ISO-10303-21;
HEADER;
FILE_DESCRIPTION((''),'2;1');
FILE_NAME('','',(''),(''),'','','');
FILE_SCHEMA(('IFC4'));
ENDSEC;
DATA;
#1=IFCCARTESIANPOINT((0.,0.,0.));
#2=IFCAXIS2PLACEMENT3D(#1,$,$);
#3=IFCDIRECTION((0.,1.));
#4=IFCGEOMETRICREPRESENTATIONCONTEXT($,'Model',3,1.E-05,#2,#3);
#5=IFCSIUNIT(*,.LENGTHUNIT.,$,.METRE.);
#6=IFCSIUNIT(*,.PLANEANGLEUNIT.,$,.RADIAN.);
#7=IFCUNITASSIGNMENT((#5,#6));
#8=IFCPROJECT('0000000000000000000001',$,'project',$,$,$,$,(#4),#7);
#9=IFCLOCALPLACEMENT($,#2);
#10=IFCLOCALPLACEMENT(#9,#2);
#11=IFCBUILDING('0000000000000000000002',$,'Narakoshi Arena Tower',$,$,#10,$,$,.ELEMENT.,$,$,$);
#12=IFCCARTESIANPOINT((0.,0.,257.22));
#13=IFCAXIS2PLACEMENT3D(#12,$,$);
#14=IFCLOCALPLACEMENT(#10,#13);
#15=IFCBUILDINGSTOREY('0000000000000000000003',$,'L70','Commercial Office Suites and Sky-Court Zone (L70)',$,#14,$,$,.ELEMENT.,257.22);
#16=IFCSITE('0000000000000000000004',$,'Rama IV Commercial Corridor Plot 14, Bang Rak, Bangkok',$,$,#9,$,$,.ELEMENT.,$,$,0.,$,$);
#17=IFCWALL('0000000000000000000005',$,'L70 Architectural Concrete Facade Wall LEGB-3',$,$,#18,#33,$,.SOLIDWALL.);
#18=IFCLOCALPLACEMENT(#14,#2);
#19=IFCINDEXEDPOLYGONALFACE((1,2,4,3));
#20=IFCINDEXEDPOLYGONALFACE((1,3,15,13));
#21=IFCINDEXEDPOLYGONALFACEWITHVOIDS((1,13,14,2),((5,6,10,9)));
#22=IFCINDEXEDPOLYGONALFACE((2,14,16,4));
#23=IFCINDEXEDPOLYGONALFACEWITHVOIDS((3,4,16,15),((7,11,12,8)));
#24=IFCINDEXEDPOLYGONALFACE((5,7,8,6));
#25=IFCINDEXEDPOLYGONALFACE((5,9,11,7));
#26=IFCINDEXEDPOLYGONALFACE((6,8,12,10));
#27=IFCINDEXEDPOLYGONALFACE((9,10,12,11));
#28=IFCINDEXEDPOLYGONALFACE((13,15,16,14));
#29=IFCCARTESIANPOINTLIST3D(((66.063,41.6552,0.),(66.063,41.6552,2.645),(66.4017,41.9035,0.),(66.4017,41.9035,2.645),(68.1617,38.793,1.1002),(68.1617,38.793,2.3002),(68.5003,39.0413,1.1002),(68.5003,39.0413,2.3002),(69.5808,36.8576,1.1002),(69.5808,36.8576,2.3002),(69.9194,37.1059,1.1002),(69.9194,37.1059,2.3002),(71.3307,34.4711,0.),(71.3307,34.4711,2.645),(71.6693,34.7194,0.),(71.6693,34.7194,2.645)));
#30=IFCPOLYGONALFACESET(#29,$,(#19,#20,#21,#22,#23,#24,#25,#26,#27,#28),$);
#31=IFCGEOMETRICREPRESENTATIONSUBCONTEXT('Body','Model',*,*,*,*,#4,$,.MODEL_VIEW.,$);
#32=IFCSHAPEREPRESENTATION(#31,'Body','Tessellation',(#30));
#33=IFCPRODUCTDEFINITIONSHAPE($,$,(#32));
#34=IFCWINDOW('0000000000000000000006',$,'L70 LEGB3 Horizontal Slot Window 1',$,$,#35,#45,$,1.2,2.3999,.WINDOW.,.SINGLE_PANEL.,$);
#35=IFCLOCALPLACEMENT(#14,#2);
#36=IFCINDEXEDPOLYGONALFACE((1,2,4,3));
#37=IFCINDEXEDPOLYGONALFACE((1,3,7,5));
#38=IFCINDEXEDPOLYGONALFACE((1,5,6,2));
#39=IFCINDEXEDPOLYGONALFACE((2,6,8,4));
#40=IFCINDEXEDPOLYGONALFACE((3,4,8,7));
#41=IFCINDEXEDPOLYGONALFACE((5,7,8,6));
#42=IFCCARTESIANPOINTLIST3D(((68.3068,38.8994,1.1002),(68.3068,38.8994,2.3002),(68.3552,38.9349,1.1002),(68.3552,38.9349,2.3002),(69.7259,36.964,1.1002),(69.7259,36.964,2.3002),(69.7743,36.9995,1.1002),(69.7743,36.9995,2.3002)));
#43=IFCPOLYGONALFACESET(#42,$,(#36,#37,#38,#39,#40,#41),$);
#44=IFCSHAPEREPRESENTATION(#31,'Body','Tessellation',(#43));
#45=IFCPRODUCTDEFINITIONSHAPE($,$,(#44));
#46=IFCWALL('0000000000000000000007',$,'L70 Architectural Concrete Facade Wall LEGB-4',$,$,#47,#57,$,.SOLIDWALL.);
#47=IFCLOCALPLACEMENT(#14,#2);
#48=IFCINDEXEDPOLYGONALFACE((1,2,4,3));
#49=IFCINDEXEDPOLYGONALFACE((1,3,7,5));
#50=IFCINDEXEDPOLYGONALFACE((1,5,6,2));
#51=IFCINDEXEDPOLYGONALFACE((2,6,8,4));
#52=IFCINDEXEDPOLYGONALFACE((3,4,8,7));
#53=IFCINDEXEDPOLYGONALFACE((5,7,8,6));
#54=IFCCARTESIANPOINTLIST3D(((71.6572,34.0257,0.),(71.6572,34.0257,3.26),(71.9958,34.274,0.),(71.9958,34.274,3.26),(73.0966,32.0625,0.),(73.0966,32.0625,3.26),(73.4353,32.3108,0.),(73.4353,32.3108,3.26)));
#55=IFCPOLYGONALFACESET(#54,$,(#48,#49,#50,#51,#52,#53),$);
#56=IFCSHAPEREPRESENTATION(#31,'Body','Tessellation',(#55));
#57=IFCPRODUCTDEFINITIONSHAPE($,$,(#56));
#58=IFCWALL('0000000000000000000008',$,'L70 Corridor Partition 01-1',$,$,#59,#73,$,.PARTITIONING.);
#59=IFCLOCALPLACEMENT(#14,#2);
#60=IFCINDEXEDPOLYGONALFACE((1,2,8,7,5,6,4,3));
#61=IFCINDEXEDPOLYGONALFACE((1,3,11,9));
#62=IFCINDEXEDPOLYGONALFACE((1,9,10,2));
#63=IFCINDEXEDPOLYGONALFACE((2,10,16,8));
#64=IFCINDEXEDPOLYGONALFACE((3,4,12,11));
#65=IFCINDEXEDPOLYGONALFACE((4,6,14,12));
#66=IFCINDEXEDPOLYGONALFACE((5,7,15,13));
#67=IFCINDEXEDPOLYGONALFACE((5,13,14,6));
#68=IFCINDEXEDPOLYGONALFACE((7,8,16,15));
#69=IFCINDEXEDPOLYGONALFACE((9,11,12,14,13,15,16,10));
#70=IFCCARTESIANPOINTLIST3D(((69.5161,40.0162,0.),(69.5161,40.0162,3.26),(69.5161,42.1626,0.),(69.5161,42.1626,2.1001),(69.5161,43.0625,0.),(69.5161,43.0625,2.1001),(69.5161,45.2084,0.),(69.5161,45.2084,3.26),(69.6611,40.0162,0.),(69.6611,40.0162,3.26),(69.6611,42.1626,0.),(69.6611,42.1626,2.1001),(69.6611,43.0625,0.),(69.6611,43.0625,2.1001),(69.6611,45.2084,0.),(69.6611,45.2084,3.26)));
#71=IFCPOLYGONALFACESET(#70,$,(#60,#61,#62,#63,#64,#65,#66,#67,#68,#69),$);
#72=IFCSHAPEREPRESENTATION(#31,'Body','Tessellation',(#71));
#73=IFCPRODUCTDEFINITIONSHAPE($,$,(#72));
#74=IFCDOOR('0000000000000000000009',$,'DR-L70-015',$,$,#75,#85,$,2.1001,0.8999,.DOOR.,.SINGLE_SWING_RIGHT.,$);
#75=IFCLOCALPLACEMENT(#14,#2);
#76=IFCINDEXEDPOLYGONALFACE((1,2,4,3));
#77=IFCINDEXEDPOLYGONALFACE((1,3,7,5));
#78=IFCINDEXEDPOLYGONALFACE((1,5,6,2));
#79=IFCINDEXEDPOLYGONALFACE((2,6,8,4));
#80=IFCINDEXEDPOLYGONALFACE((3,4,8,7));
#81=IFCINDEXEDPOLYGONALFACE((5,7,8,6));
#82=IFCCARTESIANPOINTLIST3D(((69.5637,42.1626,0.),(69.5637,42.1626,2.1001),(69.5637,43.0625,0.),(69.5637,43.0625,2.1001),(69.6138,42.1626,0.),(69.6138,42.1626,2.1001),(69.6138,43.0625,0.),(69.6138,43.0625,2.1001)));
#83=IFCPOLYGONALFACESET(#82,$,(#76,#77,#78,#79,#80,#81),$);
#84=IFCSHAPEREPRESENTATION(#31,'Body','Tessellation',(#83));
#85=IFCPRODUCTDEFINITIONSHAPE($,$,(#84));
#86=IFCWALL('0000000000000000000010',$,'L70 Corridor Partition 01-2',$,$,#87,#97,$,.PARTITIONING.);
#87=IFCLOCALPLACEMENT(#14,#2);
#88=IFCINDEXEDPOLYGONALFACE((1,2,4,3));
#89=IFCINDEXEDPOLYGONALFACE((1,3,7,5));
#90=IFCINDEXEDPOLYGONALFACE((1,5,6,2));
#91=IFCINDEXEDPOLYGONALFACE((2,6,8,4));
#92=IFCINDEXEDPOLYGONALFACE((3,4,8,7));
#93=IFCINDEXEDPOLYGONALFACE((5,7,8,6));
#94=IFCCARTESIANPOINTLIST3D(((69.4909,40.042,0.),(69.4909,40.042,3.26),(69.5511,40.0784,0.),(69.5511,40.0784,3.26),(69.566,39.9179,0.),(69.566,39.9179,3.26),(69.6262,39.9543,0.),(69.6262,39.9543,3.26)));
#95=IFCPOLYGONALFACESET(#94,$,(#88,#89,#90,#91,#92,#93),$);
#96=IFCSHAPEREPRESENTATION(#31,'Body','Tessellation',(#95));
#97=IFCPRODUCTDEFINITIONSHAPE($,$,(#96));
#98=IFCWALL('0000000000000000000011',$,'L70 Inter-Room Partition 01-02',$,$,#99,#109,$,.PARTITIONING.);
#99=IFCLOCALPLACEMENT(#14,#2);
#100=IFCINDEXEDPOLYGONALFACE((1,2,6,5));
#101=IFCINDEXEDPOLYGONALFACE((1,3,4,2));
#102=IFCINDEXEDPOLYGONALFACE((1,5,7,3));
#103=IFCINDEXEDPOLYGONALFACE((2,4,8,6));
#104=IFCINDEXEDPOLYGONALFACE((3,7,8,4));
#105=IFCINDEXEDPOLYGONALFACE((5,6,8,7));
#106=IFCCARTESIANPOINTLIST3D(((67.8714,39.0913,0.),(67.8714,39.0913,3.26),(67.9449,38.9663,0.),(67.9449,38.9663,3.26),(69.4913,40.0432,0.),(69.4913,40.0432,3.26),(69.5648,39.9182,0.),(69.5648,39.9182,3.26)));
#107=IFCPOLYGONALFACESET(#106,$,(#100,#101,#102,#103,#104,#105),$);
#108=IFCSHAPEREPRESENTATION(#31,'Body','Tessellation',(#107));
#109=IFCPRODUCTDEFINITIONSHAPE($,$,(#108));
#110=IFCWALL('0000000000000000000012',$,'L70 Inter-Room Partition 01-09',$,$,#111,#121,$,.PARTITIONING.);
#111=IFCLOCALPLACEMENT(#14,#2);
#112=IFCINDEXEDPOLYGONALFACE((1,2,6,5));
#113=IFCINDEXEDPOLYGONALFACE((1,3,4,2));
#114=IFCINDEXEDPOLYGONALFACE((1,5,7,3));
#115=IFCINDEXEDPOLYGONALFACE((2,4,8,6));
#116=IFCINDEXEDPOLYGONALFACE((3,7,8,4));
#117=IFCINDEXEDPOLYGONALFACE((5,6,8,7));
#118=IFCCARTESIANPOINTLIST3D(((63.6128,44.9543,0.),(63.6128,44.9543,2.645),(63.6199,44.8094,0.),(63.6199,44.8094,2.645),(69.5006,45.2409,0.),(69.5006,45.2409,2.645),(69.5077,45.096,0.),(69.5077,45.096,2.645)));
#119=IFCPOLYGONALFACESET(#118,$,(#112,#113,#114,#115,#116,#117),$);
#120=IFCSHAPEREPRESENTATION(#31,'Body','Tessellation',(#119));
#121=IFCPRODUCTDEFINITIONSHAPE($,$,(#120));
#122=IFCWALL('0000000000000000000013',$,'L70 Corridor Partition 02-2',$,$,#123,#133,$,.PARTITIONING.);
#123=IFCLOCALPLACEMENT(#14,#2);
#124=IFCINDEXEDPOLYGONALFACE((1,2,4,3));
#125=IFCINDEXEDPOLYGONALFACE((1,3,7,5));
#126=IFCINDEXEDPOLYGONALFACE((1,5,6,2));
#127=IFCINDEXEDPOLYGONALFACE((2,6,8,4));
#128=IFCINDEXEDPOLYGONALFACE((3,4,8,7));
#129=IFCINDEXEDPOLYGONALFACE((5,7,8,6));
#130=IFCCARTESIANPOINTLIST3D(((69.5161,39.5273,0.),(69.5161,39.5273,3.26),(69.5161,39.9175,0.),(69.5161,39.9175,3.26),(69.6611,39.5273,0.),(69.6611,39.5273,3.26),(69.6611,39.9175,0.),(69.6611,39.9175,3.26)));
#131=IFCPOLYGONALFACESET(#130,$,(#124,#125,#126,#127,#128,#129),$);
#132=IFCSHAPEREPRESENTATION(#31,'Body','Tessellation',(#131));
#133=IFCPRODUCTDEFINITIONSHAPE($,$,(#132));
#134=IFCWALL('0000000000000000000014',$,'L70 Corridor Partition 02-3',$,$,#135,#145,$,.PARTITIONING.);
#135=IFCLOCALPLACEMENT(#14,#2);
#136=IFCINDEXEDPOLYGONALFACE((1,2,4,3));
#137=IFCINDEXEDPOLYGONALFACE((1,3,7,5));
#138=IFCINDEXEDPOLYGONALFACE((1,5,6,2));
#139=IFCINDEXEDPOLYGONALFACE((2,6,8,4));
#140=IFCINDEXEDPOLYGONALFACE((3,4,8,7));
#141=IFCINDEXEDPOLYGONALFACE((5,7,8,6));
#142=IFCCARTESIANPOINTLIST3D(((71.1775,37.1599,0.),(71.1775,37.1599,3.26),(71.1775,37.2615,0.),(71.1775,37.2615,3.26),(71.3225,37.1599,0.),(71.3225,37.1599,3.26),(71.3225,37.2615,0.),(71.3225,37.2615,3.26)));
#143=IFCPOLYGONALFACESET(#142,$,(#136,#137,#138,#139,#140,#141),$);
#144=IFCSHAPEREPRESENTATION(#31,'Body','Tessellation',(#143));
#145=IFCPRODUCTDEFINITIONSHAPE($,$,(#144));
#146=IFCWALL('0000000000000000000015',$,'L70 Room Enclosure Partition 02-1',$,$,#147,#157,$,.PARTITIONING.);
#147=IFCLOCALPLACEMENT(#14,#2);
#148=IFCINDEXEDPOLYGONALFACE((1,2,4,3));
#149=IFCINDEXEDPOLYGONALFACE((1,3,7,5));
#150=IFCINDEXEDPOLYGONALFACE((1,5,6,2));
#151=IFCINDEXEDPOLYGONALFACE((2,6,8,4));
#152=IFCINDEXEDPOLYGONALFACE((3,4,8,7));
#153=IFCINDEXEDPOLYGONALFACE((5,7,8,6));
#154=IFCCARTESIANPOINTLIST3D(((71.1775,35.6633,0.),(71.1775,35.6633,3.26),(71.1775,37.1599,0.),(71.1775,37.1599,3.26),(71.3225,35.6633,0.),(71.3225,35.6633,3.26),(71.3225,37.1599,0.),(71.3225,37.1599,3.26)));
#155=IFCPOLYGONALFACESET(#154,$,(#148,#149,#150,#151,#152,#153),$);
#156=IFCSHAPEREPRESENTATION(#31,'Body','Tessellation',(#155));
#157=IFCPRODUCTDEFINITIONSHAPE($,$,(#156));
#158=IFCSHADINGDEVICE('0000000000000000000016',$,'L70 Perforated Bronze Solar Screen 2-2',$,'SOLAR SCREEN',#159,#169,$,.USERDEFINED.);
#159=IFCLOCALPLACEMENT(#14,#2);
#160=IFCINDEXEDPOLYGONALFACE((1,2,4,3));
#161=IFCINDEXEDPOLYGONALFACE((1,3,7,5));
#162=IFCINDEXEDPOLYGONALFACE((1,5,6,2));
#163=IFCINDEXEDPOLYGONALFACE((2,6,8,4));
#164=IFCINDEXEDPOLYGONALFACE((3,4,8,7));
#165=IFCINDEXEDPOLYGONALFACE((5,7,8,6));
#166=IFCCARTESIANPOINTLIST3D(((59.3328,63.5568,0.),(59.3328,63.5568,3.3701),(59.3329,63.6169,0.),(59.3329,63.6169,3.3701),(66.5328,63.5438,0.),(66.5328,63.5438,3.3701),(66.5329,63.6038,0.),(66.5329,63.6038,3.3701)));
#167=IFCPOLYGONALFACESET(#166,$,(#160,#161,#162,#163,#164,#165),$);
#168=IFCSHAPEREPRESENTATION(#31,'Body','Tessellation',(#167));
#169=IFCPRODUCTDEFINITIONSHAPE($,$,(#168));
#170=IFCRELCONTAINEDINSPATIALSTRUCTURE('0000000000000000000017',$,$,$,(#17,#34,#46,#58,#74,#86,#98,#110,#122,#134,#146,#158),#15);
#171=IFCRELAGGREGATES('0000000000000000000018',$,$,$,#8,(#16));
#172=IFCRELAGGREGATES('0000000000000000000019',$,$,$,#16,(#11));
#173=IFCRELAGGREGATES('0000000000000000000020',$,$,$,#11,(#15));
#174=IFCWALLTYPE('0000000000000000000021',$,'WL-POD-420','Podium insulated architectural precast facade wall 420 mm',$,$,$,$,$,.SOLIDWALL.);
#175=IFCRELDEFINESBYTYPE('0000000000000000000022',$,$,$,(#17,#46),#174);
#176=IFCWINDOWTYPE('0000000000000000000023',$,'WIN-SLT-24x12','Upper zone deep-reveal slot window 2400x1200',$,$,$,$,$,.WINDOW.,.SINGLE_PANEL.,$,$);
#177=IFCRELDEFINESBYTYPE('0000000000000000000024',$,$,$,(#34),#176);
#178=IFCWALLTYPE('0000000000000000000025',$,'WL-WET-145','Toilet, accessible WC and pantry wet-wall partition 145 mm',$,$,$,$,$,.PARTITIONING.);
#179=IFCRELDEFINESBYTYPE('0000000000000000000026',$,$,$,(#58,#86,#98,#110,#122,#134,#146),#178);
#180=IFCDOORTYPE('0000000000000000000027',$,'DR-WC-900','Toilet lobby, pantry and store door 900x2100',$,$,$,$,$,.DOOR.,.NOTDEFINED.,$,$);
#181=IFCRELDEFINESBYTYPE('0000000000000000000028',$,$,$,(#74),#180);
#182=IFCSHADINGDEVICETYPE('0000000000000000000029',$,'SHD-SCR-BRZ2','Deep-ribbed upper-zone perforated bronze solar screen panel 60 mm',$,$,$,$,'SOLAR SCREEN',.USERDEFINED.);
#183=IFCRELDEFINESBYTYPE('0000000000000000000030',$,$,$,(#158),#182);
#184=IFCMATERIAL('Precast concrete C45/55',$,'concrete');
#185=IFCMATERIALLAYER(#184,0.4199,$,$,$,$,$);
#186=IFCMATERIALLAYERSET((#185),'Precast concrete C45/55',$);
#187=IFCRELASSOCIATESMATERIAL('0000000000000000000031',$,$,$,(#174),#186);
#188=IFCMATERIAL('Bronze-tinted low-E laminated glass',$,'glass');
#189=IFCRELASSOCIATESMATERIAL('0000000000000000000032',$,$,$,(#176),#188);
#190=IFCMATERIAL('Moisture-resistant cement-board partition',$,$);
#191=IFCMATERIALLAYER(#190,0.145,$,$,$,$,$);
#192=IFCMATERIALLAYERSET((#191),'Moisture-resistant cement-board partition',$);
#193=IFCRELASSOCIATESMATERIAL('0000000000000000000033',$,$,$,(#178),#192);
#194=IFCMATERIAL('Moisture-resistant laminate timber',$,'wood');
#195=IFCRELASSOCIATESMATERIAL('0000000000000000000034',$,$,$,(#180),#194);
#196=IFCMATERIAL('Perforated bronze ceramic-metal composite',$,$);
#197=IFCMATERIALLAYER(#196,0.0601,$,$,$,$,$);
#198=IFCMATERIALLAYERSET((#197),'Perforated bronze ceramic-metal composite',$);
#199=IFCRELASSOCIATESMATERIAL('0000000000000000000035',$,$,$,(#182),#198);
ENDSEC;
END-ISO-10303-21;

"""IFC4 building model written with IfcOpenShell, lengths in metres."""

from ifc_helpers import new_model, si_unit, direction, frame, frame_2d, origin, origin_2d, place, context, subcontext, project, spatial, rectangle, extrude, material, layer, layer_set, type_object, element, fill, save


model = new_model("IFC4")

# Units and contexts
model_context = context("Model", 3, precision=1e-05, world=origin(), true_north=direction((0.0, 1.0)))
body_context = subcontext(model_context, "Body", "Model", "MODEL_VIEW")
ifc_project = project(units=[si_unit("LENGTHUNIT", "METRE"), si_unit("PLANEANGLEUNIT", "RADIAN")], contexts=[model_context])

# Site, building, storey
site_placement = place(None, origin())
site = spatial("IfcSite", under=ifc_project, at=site_placement, Name="Rama IV Commercial Corridor Plot 14, Bang Rak, Bangkok", CompositionType="ELEMENT", RefElevation=0.0)
building_placement = place(site_placement, origin())
building = spatial("IfcBuilding", under=site, at=building_placement, Name="Narakoshi Arena Tower", CompositionType="ELEMENT")
storey_placement = place(building_placement, frame((0.0, 0.0, 257.22)))
storey = spatial("IfcBuildingStorey", under=building, at=storey_placement, Name="L70", Description="Commercial Office Suites and Sky-Court Zone (L70)", CompositionType="ELEMENT", Elevation=257.22)

# Shared definitions
ifc_material_1 = material(Name="Bronze-tinted low-E laminated glass", Category="glass")

# Wall, opening, window
ifc_material_2 = material(Name="Precast concrete C45/55", Category="concrete")
ifc_layer_1 = layer(ifc_material_2, 0.4199)
ifc_layer_set_1 = layer_set([ifc_layer_1], Name="Precast concrete C45/55")
wall_type_1 = type_object("IfcWallType", Name="WL-POD-420", Description="Podium insulated architectural precast facade wall 420 mm", PredefinedType="SOLIDWALL", material=ifc_layer_set_1)
wall_1_placement = place(storey_placement, frame((66.2324, 41.7793, 0.0), z_axis=(0.0, 0.0, 1.0), x_axis=(0.591309, -0.806445, 0.0)))
wall_1 = element("IfcWall", 1, at=wall_1_placement, inside=storey, type_object=wall_type_1, Name="L70 Architectural Concrete Facade Wall LEGB-3", PredefinedType="SOLIDWALL", context=body_context, shape_type="SweptSolid", body=[
    extrude(rectangle(XDim=8.9084, YDim=0.4199, at=frame_2d((4.4541, 0.0))), origin(), (0.0, 0.0, 1.0), 2.645),
])
opening_1_placement = place(wall_1_placement, frame((3.5491, 0.0, 1.1001)))
opening_1 = element("IfcOpeningElement", 2, at=opening_1_placement, cuts=wall_1, PredefinedType="OPENING", context=body_context, shape_type="SweptSolid", body=[
    extrude(rectangle(XDim=2.3999, YDim=1.2, at=frame_2d((1.2, 0.6001))), frame((0.0, 0.22, 0.0), z_axis=(0.0, -1.0, 0.0), x_axis=(1.0, 0.0, 0.0)), (0.0, 0.0, 1.0), 0.4399),
])
window_type = type_object("IfcWindowType", Name="WIN-SLT-24x12", Description="Upper zone deep-reveal slot window 2400x1200", PartitioningType="SINGLE_PANEL", PredefinedType="WINDOW", material=ifc_material_1)
window_placement = place(opening_1_placement, origin())
window = element("IfcWindow", 3, at=window_placement, inside=storey, type_object=window_type, Name="L70 LEGB3 Horizontal Slot Window 1", OverallHeight=1.2, OverallWidth=2.3999, PartitioningType="SINGLE_PANEL", PredefinedType="WINDOW", context=body_context, shape_type="SweptSolid", body=[
    extrude(rectangle(XDim=2.3999, YDim=1.2, at=frame_2d((1.2, 0.6001))), frame((0.0, 0.03, 0.0), z_axis=(0.0, -1.0, 0.0), x_axis=(1.0, 0.0, 0.0)), (0.0, 0.0, 1.0), 0.0601),
])
fill(opening_1, window)

# Wall
wall_2_placement = place(storey_placement, frame((71.8264, 34.1499, 0.0), z_axis=(0.0, 0.0, 1.0), x_axis=(0.591316, -0.80644, 0.0)))
element("IfcWall", 4, at=wall_2_placement, inside=storey, type_object=wall_type_1, Name="L70 Architectural Concrete Facade Wall LEGB-4", PredefinedType="SOLIDWALL", context=body_context, shape_type="SweptSolid", body=[
    extrude(rectangle(XDim=2.4343, YDim=0.4199, at=frame_2d((1.2173, 0.0))), origin(), (0.0, 0.0, 1.0), 3.26),
])

# Wall, opening, door
ifc_material_3 = material(Name="Moisture-resistant cement-board partition")
ifc_layer_2 = layer(ifc_material_3, 0.145)
ifc_layer_set_2 = layer_set([ifc_layer_2], Name="Moisture-resistant cement-board partition")
wall_type_2 = type_object("IfcWallType", Name="WL-WET-145", Description="Toilet, accessible WC and pantry wet-wall partition 145 mm", PredefinedType="PARTITIONING", material=ifc_layer_set_2)
wall_3_placement = place(storey_placement, frame((69.5886, 45.2085, 0.0), z_axis=(0.0, 0.0, 1.0), x_axis=(0.0, -1.0, 0.0)))
wall_3 = element("IfcWall", 5, at=wall_3_placement, inside=storey, type_object=wall_type_2, Name="L70 Corridor Partition 01-1", PredefinedType="PARTITIONING", context=body_context, shape_type="SweptSolid", body=[
    extrude(rectangle(XDim=5.1921, YDim=0.145, at=frame_2d((2.5962, 0.0))), origin(), (0.0, 0.0, 1.0), 3.26),
])
opening_2_placement = place(wall_3_placement, frame((2.146, 0.0, 0.0)))
opening_2 = element("IfcOpeningElement", 6, at=opening_2_placement, cuts=wall_3, PredefinedType="OPENING", context=body_context, shape_type="SweptSolid", body=[
    extrude(rectangle(XDim=0.8999, YDim=2.1001, at=frame_2d((0.45, 1.05))), frame((0.0, 0.0825, 0.0), z_axis=(0.0, -1.0, 0.0), x_axis=(1.0, 0.0, 0.0)), (0.0, 0.0, 1.0), 0.165),
])
ifc_material_4 = material(Name="Moisture-resistant laminate timber", Category="wood")
door_type_1 = type_object("IfcDoorType", Name="DR-WC-900", Description="Toilet lobby, pantry and store door 900x2100", OperationType="NOTDEFINED", PredefinedType="DOOR", material=ifc_material_4)
door_1_placement = place(opening_2_placement, frame((0.8999, 0.0, 0.0), z_axis=(0.0, 0.0, 1.0), x_axis=(-1.0, 0.0, 0.0)))
door_1 = element("IfcDoor", 7, at=door_1_placement, inside=storey, type_object=door_type_1, Name="DR-L70-015", OperationType="SINGLE_SWING_RIGHT", OverallHeight=2.1001, OverallWidth=0.8999, PredefinedType="DOOR", context=body_context, shape_type="SweptSolid", body=[
    extrude(rectangle(XDim=0.8999, YDim=2.1001, at=frame_2d((0.45, 1.05))), frame((0.0, 0.0249, 0.0), z_axis=(0.0, -1.0, 0.0), x_axis=(1.0, 0.0, 0.0)), (0.0, 0.0, 1.0), 0.05),
])
fill(opening_2, door_1)

# Walls
wall_4_placement = place(storey_placement, frame((69.5886, 40.0164, 0.0), z_axis=(0.0, 0.0, 1.0), x_axis=(-0.855338, -0.518071, 0.0)))
element("IfcWall", 8, at=wall_4_placement, inside=storey, type_object=wall_type_2, Name="L70 Corridor Partition 01-2", PredefinedType="PARTITIONING", context=body_context, shape_type="SweptSolid", body=[
    extrude(rectangle(XDim=0.0703, YDim=0.145, at=frame_2d((0.0352, 0.0))), origin(), (0.0, 0.0, 1.0), 3.26),
])
wall_5_placement = place(storey_placement, frame((69.5281, 39.9807, 0.0), z_axis=(0.0, 0.0, 1.0), x_axis=(-0.862158, -0.50664, 0.0)))
element("IfcWall", 9, at=wall_5_placement, inside=storey, type_object=wall_type_2, Name="L70 Inter-Room Partition 01-02", PredefinedType="PARTITIONING", context=body_context, shape_type="SweptSolid", body=[
    extrude(rectangle(XDim=1.8789, YDim=0.145, at=frame_2d((0.9395, 0.0))), origin(), (0.0, 0.0, 1.0), 3.26),
])
wall_6_placement = place(storey_placement, frame((63.6165, 44.8818, 0.0), z_axis=(0.0, 0.0, 1.0), x_axis=(0.998817, 0.048624, 0.0)))
element("IfcWall", 10, at=wall_6_placement, inside=storey, type_object=wall_type_2, Name="L70 Inter-Room Partition 01-09", PredefinedType="PARTITIONING", context=body_context, shape_type="SweptSolid", body=[
    extrude(rectangle(XDim=5.8948, YDim=0.145, at=frame_2d((2.9473, 0.0))), origin(), (0.0, 0.0, 1.0), 2.645),
])

# Walls
wall_7_placement = place(storey_placement, frame((69.5886, 39.9175, 0.0), z_axis=(0.0, 0.0, 1.0), x_axis=(0.0, -1.0, 0.0)))
element("IfcWall", 11, at=wall_7_placement, inside=storey, type_object=wall_type_2, Name="L70 Corridor Partition 02-2", PredefinedType="PARTITIONING", context=body_context, shape_type="SweptSolid", body=[
    extrude(rectangle(XDim=0.3901, YDim=0.145, at=frame_2d((0.1951, 0.0))), origin(), (0.0, 0.0, 1.0), 3.26),
])
wall_8_placement = place(storey_placement, frame((71.25, 37.2615, 0.0), z_axis=(0.0, 0.0, 1.0), x_axis=(0.0, -1.0, 0.0)))
element("IfcWall", 12, at=wall_8_placement, inside=storey, type_object=wall_type_2, Name="L70 Corridor Partition 02-3", PredefinedType="PARTITIONING", context=body_context, shape_type="SweptSolid", body=[
    extrude(rectangle(XDim=0.1016, YDim=0.145, at=frame_2d((0.0508, 0.0))), origin(), (0.0, 0.0, 1.0), 3.26),
])
wall_9_placement = place(storey_placement, frame((71.25, 37.1599, 0.0), z_axis=(0.0, 0.0, 1.0), x_axis=(0.0, -1.0, 0.0)))
element("IfcWall", 13, at=wall_9_placement, inside=storey, type_object=wall_type_2, Name="L70 Room Enclosure Partition 02-1", PredefinedType="PARTITIONING", context=body_context, shape_type="SweptSolid", body=[
    extrude(rectangle(XDim=1.4966, YDim=0.145, at=frame_2d((0.7483, 0.0))), origin(), (0.0, 0.0, 1.0), 3.26),
])

# Shading device
ifc_material_5 = material(Name="Perforated bronze ceramic-metal composite")
ifc_layer_3 = layer(ifc_material_5, 0.0601)
ifc_layer_set_3 = layer_set([ifc_layer_3], Name="Perforated bronze ceramic-metal composite")
shading_device_type = type_object("IfcShadingDeviceType", Name="SHD-SCR-BRZ2", Description="Deep-ribbed upper-zone perforated bronze solar screen panel 60 mm", ElementType="SOLAR SCREEN", PredefinedType="USERDEFINED", material=ifc_layer_set_3)
shading_device_placement = place(storey_placement, frame((62.9329, 63.5803, 0.0), z_axis=(0.0, 0.0, 1.0), x_axis=(-0.999998, 0.001815, 0.0)))
element("IfcShadingDevice", 14, at=shading_device_placement, inside=storey, type_object=shading_device_type, Name="L70 Perforated Bronze Solar Screen 2-2", ObjectType="SOLAR SCREEN", PredefinedType="USERDEFINED", context=body_context, shape_type="SweptSolid", body=[
    extrude(rectangle(XDim=7.2, YDim=0.0601, at=origin_2d()), origin(), (0.0, 0.0, 1.0), 3.3701),
])

save(model, "model.ifc")
